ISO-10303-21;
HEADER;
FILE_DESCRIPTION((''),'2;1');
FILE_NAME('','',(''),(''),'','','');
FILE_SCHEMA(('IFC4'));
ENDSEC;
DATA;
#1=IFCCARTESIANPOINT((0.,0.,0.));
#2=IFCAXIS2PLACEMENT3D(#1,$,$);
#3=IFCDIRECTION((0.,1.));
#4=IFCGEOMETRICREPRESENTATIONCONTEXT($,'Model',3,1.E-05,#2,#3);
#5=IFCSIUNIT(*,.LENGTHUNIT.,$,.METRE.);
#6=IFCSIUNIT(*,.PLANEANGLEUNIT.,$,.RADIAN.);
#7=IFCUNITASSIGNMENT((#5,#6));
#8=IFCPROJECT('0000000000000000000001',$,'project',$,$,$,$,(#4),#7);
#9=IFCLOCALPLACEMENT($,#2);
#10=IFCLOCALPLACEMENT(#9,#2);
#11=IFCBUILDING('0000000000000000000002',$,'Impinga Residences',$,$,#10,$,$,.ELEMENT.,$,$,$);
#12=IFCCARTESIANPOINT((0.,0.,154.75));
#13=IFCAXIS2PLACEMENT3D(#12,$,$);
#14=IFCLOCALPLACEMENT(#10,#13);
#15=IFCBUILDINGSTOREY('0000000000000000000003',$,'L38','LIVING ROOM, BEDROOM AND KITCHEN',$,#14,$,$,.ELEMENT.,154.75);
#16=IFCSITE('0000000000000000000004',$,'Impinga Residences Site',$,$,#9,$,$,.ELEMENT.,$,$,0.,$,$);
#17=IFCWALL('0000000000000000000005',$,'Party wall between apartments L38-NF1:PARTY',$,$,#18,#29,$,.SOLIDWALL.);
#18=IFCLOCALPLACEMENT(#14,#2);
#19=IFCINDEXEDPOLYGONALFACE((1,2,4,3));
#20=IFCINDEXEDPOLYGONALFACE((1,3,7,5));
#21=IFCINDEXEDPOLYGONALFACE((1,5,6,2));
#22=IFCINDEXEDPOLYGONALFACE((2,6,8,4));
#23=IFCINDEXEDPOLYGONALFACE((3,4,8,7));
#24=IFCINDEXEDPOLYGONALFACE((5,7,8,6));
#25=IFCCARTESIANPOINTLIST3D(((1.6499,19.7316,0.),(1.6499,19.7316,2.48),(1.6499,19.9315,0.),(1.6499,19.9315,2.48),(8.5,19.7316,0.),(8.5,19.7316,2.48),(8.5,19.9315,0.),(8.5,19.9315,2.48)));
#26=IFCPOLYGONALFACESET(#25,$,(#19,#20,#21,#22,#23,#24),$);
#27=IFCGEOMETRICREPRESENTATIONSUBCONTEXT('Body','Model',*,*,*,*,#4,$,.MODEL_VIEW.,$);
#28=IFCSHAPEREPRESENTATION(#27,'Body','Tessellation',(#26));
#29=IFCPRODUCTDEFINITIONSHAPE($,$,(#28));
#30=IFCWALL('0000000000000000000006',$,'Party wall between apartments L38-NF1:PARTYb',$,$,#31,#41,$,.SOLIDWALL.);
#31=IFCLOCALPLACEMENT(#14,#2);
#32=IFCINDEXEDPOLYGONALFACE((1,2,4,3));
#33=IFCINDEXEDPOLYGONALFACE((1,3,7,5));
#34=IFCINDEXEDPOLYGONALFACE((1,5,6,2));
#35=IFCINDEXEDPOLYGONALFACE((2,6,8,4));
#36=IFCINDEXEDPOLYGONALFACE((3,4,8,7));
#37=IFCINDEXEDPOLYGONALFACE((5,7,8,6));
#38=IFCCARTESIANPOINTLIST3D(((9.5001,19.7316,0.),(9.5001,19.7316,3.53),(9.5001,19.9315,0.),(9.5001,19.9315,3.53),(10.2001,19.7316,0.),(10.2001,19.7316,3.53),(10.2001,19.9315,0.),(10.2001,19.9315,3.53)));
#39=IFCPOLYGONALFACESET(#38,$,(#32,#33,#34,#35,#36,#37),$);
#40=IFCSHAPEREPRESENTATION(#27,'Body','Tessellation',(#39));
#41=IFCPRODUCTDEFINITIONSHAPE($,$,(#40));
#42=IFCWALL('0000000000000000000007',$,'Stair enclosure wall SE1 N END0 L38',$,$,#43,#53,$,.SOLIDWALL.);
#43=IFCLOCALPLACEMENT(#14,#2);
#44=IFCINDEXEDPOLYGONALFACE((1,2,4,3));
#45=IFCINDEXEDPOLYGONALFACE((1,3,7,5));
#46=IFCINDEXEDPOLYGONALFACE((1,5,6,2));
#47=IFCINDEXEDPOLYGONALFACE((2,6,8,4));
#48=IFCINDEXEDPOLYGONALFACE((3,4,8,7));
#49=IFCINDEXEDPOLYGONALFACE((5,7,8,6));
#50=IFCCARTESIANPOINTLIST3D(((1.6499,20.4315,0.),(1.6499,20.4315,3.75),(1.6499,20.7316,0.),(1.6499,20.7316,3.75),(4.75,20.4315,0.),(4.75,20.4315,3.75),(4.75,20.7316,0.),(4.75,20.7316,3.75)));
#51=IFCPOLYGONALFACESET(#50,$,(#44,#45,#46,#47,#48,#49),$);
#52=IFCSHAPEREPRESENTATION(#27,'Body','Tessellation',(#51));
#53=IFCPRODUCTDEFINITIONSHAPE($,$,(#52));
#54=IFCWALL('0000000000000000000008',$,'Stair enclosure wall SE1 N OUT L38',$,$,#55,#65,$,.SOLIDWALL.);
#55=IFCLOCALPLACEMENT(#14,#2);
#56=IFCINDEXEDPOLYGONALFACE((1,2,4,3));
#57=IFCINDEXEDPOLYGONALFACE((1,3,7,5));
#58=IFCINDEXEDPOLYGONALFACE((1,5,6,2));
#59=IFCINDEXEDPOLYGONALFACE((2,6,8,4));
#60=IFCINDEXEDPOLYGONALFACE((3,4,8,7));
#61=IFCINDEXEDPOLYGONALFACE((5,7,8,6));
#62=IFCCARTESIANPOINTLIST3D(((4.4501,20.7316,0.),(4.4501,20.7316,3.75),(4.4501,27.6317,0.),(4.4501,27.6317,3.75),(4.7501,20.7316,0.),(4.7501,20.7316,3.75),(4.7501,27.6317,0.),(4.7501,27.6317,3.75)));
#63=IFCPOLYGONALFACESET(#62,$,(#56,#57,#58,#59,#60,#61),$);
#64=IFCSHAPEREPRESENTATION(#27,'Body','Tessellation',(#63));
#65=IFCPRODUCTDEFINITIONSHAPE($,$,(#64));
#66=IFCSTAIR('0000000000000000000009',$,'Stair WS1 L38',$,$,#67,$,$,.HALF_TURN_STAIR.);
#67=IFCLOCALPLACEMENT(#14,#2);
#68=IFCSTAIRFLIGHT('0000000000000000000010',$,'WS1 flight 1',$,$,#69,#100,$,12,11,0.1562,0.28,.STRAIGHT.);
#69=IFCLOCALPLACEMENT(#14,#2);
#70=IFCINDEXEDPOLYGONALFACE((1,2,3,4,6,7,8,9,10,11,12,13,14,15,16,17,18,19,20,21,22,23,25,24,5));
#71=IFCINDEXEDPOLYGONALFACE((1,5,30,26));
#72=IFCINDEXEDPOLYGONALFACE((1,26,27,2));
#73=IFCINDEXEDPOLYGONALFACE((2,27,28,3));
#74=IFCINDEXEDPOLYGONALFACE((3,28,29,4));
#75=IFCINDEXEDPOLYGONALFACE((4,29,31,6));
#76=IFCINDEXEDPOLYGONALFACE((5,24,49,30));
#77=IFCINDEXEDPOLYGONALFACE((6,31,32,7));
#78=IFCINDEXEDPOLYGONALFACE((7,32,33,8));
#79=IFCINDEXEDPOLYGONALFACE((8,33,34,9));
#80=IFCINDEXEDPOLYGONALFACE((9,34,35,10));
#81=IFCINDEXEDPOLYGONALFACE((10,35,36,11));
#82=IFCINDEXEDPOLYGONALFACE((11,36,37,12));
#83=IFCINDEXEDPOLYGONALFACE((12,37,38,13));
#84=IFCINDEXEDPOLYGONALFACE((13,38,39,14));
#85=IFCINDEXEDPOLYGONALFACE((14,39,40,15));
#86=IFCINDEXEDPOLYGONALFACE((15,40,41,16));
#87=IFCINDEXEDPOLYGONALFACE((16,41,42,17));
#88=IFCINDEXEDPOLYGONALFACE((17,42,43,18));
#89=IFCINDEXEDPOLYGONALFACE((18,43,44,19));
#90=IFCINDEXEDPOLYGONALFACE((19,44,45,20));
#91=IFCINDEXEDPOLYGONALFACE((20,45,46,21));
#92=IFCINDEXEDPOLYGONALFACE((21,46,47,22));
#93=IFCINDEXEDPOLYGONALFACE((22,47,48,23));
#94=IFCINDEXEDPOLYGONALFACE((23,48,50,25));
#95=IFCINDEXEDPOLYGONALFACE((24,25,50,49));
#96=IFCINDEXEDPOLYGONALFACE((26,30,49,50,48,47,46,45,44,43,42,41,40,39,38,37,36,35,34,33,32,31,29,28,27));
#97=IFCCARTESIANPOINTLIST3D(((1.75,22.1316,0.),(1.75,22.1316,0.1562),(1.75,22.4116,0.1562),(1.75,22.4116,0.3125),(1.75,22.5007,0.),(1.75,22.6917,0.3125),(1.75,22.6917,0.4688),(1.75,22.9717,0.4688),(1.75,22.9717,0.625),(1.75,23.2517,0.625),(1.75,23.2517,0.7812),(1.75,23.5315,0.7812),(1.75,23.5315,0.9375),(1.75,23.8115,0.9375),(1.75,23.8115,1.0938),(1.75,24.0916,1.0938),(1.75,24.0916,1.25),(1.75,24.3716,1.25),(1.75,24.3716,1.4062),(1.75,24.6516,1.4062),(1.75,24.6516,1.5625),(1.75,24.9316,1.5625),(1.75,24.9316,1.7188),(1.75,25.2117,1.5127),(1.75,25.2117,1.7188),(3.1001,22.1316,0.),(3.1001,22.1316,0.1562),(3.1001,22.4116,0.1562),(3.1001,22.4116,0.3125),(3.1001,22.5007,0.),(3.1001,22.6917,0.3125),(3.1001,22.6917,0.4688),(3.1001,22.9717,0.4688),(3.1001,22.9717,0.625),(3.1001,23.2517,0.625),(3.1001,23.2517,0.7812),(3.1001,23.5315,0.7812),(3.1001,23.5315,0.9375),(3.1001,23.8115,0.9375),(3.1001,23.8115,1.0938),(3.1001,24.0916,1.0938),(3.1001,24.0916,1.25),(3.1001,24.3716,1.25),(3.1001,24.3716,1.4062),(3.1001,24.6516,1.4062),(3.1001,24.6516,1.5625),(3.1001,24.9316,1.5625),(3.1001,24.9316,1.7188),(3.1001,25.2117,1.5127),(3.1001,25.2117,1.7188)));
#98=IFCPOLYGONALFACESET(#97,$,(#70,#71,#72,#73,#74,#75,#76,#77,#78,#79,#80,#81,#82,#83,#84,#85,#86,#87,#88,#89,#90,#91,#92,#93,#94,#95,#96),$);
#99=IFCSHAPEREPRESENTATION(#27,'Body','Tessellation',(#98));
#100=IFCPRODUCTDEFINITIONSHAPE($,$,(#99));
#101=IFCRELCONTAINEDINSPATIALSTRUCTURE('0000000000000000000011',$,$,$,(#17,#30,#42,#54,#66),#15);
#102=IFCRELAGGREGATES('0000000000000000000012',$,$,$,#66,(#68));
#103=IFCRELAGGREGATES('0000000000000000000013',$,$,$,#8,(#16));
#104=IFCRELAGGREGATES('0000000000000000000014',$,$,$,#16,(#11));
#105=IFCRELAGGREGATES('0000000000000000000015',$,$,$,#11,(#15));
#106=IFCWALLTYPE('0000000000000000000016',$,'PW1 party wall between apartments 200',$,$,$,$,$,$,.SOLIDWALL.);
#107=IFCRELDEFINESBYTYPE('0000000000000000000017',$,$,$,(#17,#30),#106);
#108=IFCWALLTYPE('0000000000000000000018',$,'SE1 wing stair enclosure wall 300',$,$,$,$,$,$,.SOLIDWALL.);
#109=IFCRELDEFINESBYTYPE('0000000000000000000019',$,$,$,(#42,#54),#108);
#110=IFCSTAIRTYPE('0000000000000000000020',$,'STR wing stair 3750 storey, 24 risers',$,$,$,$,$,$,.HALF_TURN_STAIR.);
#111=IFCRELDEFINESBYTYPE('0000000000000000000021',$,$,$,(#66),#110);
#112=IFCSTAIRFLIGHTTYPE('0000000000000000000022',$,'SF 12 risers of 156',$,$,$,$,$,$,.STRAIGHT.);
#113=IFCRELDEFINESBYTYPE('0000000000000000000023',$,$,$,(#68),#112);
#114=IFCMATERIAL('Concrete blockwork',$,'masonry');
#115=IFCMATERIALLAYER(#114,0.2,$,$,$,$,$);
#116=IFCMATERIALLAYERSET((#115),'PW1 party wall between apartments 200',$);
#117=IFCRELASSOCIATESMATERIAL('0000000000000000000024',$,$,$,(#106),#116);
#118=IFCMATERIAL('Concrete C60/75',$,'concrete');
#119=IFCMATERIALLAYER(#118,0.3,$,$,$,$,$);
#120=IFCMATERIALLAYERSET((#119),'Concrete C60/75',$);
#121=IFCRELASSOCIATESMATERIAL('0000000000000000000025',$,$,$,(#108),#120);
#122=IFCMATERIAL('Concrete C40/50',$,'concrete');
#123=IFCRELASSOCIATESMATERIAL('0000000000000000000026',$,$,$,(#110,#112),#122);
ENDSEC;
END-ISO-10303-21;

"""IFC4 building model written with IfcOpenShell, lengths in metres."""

from ifc_helpers import new_model, si_unit, direction, frame, frame_2d, origin, place, context, subcontext, project, spatial, polyline, rectangle, outline, extrude, material, layer, layer_set, type_object, element, aggregate, save


model = new_model("IFC4")

# Units and contexts
model_context = context("Model", 3, precision=1e-05, world=origin(), true_north=direction((0.0, 1.0)))
body_context = subcontext(model_context, "Body", "Model", "MODEL_VIEW")
ifc_project = project(units=[si_unit("LENGTHUNIT", "METRE"), si_unit("PLANEANGLEUNIT", "RADIAN")], contexts=[model_context])

# Site, building, storey
site_placement = place(None, origin())
site = spatial("IfcSite", under=ifc_project, at=site_placement, Name="Impinga Residences Site", CompositionType="ELEMENT", RefElevation=0.0)
building_placement = place(site_placement, origin())
building = spatial("IfcBuilding", under=site, at=building_placement, Name="Impinga Residences", CompositionType="ELEMENT")
storey_placement = place(building_placement, frame((0.0, 0.0, 154.75)))
storey = spatial("IfcBuildingStorey", under=building, at=storey_placement, Name="L38", Description="LIVING ROOM, BEDROOM AND KITCHEN", CompositionType="ELEMENT", Elevation=154.75)

# Shared definitions
ifc_material_1 = material(Name="Concrete C60/75", Category="concrete")

# Walls
ifc_material_2 = material(Name="Concrete blockwork", Category="masonry")
ifc_layer_1 = layer(ifc_material_2, 0.2)
ifc_layer_set_1 = layer_set([ifc_layer_1], Name="PW1 party wall between apartments 200")
wall_type_1 = type_object("IfcWallType", Name="PW1 party wall between apartments 200", PredefinedType="SOLIDWALL", material=ifc_layer_set_1)
wall_1_placement = place(storey_placement, frame((1.6499, 19.8315, 0.0), z_axis=(0.0, 0.0, 1.0), x_axis=(1.0, 0.0, 0.0)))
element("IfcWall", 1, at=wall_1_placement, inside=storey, type_object=wall_type_1, Name="Party wall between apartments L38-NF1:PARTY", PredefinedType="SOLIDWALL", context=body_context, shape_type="SweptSolid", body=[
    extrude(rectangle(XDim=6.8501, YDim=0.2, at=frame_2d((3.425, 0.0))), origin(), (0.0, 0.0, 1.0), 2.48),
])
wall_2_placement = place(storey_placement, frame((9.5, 19.8315, 0.0), z_axis=(0.0, 0.0, 1.0), x_axis=(1.0, 0.0, 0.0)))
element("IfcWall", 2, at=wall_2_placement, inside=storey, type_object=wall_type_1, Name="Party wall between apartments L38-NF1:PARTYb", PredefinedType="SOLIDWALL", context=body_context, shape_type="SweptSolid", body=[
    extrude(rectangle(XDim=0.7, YDim=0.2, at=frame_2d((0.3501, 0.0))), origin(), (0.0, 0.0, 1.0), 3.53),
])
ifc_layer_2 = layer(ifc_material_1, 0.3)
ifc_layer_set_2 = layer_set([ifc_layer_2], Name="Concrete C60/75")
wall_type_2 = type_object("IfcWallType", Name="SE1 wing stair enclosure wall 300", PredefinedType="SOLIDWALL", material=ifc_layer_set_2)
wall_3_placement = place(storey_placement, frame((1.6499, 20.5815, 0.0), z_axis=(0.0, 0.0, 1.0), x_axis=(1.0, 0.0, 0.0)))
element("IfcWall", 3, at=wall_3_placement, inside=storey, type_object=wall_type_2, Name="Stair enclosure wall SE1 N END0 L38", PredefinedType="SOLIDWALL", context=body_context, shape_type="SweptSolid", body=[
    extrude(rectangle(XDim=3.1001, YDim=0.3, at=frame_2d((1.55, 0.0))), origin(), (0.0, 0.0, 1.0), 3.75),
])
wall_4_placement = place(storey_placement, frame((4.6001, 20.7314, 0.0), z_axis=(0.0, 0.0, 1.0), x_axis=(0.0, 1.0, 0.0)))
element("IfcWall", 4, at=wall_4_placement, inside=storey, type_object=wall_type_2, Name="Stair enclosure wall SE1 N OUT L38", PredefinedType="SOLIDWALL", context=body_context, shape_type="SweptSolid", body=[
    extrude(rectangle(XDim=6.9001, YDim=0.3, at=frame_2d((3.4502, 0.0))), origin(), (0.0, 0.0, 1.0), 3.75),
])

# Stair, stair flight
ifc_material_3 = material(Name="Concrete C40/50", Category="concrete")
stair_type = type_object("IfcStairType", Name="STR wing stair 3750 storey, 24 risers", PredefinedType="HALF_TURN_STAIR", material=ifc_material_3)
stair_placement = place(storey_placement, origin())
stair = element("IfcStair", 5, at=stair_placement, inside=storey, type_object=stair_type, Name="Stair WS1 L38", PredefinedType="HALF_TURN_STAIR")
stair_flight_type = type_object("IfcStairFlightType", Name="SF 12 risers of 156", PredefinedType="STRAIGHT", material=ifc_material_3)
stair_flight_placement = place(storey_placement, frame((2.425, 22.1316, 0.0), z_axis=(0.0, 0.0, 1.0), x_axis=(0.0, 1.0, 0.0)))
stair_flight = element("IfcStairFlight", 6, at=stair_flight_placement, type_object=stair_flight_type, Name="WS1 flight 1", NumberOfRisers=12, NumberOfTreads=11, PredefinedType="STRAIGHT", RiserHeight=0.1562, TreadLength=0.28, context=body_context, shape_type="SweptSolid", body=[
    extrude(outline(polyline([(0.0, 0.0), (0.0, 0.1562), (0.28, 0.1562), (0.28, 0.3125), (0.5601, 0.3125), (0.5601, 0.4688), (0.8401, 0.4688), (0.8401, 0.625), (1.1201, 0.625), (1.1201, 0.7812), (1.3999, 0.7812), (1.3999, 0.9375), (1.6799, 0.9375), (1.6799, 1.0938), (1.96, 1.0938), (1.96, 1.25), (2.24, 1.25), (2.24, 1.4062), (2.52, 1.4062), (2.52, 1.5625), (2.8, 1.5625), (2.8, 1.7188), (3.0801, 1.7188), (3.0801, 1.875), (3.0801, 1.5127), (0.3691, 0.0), (0.0, 0.0)])), frame((0.0, 0.675, 0.0), z_axis=(0.0, -1.0, 0.0), x_axis=(1.0, 0.0, 0.0)), (0.0, 0.0, 1.0), 1.3501),
])
aggregate(stair, [stair_flight])

save(model, "model.ifc")
